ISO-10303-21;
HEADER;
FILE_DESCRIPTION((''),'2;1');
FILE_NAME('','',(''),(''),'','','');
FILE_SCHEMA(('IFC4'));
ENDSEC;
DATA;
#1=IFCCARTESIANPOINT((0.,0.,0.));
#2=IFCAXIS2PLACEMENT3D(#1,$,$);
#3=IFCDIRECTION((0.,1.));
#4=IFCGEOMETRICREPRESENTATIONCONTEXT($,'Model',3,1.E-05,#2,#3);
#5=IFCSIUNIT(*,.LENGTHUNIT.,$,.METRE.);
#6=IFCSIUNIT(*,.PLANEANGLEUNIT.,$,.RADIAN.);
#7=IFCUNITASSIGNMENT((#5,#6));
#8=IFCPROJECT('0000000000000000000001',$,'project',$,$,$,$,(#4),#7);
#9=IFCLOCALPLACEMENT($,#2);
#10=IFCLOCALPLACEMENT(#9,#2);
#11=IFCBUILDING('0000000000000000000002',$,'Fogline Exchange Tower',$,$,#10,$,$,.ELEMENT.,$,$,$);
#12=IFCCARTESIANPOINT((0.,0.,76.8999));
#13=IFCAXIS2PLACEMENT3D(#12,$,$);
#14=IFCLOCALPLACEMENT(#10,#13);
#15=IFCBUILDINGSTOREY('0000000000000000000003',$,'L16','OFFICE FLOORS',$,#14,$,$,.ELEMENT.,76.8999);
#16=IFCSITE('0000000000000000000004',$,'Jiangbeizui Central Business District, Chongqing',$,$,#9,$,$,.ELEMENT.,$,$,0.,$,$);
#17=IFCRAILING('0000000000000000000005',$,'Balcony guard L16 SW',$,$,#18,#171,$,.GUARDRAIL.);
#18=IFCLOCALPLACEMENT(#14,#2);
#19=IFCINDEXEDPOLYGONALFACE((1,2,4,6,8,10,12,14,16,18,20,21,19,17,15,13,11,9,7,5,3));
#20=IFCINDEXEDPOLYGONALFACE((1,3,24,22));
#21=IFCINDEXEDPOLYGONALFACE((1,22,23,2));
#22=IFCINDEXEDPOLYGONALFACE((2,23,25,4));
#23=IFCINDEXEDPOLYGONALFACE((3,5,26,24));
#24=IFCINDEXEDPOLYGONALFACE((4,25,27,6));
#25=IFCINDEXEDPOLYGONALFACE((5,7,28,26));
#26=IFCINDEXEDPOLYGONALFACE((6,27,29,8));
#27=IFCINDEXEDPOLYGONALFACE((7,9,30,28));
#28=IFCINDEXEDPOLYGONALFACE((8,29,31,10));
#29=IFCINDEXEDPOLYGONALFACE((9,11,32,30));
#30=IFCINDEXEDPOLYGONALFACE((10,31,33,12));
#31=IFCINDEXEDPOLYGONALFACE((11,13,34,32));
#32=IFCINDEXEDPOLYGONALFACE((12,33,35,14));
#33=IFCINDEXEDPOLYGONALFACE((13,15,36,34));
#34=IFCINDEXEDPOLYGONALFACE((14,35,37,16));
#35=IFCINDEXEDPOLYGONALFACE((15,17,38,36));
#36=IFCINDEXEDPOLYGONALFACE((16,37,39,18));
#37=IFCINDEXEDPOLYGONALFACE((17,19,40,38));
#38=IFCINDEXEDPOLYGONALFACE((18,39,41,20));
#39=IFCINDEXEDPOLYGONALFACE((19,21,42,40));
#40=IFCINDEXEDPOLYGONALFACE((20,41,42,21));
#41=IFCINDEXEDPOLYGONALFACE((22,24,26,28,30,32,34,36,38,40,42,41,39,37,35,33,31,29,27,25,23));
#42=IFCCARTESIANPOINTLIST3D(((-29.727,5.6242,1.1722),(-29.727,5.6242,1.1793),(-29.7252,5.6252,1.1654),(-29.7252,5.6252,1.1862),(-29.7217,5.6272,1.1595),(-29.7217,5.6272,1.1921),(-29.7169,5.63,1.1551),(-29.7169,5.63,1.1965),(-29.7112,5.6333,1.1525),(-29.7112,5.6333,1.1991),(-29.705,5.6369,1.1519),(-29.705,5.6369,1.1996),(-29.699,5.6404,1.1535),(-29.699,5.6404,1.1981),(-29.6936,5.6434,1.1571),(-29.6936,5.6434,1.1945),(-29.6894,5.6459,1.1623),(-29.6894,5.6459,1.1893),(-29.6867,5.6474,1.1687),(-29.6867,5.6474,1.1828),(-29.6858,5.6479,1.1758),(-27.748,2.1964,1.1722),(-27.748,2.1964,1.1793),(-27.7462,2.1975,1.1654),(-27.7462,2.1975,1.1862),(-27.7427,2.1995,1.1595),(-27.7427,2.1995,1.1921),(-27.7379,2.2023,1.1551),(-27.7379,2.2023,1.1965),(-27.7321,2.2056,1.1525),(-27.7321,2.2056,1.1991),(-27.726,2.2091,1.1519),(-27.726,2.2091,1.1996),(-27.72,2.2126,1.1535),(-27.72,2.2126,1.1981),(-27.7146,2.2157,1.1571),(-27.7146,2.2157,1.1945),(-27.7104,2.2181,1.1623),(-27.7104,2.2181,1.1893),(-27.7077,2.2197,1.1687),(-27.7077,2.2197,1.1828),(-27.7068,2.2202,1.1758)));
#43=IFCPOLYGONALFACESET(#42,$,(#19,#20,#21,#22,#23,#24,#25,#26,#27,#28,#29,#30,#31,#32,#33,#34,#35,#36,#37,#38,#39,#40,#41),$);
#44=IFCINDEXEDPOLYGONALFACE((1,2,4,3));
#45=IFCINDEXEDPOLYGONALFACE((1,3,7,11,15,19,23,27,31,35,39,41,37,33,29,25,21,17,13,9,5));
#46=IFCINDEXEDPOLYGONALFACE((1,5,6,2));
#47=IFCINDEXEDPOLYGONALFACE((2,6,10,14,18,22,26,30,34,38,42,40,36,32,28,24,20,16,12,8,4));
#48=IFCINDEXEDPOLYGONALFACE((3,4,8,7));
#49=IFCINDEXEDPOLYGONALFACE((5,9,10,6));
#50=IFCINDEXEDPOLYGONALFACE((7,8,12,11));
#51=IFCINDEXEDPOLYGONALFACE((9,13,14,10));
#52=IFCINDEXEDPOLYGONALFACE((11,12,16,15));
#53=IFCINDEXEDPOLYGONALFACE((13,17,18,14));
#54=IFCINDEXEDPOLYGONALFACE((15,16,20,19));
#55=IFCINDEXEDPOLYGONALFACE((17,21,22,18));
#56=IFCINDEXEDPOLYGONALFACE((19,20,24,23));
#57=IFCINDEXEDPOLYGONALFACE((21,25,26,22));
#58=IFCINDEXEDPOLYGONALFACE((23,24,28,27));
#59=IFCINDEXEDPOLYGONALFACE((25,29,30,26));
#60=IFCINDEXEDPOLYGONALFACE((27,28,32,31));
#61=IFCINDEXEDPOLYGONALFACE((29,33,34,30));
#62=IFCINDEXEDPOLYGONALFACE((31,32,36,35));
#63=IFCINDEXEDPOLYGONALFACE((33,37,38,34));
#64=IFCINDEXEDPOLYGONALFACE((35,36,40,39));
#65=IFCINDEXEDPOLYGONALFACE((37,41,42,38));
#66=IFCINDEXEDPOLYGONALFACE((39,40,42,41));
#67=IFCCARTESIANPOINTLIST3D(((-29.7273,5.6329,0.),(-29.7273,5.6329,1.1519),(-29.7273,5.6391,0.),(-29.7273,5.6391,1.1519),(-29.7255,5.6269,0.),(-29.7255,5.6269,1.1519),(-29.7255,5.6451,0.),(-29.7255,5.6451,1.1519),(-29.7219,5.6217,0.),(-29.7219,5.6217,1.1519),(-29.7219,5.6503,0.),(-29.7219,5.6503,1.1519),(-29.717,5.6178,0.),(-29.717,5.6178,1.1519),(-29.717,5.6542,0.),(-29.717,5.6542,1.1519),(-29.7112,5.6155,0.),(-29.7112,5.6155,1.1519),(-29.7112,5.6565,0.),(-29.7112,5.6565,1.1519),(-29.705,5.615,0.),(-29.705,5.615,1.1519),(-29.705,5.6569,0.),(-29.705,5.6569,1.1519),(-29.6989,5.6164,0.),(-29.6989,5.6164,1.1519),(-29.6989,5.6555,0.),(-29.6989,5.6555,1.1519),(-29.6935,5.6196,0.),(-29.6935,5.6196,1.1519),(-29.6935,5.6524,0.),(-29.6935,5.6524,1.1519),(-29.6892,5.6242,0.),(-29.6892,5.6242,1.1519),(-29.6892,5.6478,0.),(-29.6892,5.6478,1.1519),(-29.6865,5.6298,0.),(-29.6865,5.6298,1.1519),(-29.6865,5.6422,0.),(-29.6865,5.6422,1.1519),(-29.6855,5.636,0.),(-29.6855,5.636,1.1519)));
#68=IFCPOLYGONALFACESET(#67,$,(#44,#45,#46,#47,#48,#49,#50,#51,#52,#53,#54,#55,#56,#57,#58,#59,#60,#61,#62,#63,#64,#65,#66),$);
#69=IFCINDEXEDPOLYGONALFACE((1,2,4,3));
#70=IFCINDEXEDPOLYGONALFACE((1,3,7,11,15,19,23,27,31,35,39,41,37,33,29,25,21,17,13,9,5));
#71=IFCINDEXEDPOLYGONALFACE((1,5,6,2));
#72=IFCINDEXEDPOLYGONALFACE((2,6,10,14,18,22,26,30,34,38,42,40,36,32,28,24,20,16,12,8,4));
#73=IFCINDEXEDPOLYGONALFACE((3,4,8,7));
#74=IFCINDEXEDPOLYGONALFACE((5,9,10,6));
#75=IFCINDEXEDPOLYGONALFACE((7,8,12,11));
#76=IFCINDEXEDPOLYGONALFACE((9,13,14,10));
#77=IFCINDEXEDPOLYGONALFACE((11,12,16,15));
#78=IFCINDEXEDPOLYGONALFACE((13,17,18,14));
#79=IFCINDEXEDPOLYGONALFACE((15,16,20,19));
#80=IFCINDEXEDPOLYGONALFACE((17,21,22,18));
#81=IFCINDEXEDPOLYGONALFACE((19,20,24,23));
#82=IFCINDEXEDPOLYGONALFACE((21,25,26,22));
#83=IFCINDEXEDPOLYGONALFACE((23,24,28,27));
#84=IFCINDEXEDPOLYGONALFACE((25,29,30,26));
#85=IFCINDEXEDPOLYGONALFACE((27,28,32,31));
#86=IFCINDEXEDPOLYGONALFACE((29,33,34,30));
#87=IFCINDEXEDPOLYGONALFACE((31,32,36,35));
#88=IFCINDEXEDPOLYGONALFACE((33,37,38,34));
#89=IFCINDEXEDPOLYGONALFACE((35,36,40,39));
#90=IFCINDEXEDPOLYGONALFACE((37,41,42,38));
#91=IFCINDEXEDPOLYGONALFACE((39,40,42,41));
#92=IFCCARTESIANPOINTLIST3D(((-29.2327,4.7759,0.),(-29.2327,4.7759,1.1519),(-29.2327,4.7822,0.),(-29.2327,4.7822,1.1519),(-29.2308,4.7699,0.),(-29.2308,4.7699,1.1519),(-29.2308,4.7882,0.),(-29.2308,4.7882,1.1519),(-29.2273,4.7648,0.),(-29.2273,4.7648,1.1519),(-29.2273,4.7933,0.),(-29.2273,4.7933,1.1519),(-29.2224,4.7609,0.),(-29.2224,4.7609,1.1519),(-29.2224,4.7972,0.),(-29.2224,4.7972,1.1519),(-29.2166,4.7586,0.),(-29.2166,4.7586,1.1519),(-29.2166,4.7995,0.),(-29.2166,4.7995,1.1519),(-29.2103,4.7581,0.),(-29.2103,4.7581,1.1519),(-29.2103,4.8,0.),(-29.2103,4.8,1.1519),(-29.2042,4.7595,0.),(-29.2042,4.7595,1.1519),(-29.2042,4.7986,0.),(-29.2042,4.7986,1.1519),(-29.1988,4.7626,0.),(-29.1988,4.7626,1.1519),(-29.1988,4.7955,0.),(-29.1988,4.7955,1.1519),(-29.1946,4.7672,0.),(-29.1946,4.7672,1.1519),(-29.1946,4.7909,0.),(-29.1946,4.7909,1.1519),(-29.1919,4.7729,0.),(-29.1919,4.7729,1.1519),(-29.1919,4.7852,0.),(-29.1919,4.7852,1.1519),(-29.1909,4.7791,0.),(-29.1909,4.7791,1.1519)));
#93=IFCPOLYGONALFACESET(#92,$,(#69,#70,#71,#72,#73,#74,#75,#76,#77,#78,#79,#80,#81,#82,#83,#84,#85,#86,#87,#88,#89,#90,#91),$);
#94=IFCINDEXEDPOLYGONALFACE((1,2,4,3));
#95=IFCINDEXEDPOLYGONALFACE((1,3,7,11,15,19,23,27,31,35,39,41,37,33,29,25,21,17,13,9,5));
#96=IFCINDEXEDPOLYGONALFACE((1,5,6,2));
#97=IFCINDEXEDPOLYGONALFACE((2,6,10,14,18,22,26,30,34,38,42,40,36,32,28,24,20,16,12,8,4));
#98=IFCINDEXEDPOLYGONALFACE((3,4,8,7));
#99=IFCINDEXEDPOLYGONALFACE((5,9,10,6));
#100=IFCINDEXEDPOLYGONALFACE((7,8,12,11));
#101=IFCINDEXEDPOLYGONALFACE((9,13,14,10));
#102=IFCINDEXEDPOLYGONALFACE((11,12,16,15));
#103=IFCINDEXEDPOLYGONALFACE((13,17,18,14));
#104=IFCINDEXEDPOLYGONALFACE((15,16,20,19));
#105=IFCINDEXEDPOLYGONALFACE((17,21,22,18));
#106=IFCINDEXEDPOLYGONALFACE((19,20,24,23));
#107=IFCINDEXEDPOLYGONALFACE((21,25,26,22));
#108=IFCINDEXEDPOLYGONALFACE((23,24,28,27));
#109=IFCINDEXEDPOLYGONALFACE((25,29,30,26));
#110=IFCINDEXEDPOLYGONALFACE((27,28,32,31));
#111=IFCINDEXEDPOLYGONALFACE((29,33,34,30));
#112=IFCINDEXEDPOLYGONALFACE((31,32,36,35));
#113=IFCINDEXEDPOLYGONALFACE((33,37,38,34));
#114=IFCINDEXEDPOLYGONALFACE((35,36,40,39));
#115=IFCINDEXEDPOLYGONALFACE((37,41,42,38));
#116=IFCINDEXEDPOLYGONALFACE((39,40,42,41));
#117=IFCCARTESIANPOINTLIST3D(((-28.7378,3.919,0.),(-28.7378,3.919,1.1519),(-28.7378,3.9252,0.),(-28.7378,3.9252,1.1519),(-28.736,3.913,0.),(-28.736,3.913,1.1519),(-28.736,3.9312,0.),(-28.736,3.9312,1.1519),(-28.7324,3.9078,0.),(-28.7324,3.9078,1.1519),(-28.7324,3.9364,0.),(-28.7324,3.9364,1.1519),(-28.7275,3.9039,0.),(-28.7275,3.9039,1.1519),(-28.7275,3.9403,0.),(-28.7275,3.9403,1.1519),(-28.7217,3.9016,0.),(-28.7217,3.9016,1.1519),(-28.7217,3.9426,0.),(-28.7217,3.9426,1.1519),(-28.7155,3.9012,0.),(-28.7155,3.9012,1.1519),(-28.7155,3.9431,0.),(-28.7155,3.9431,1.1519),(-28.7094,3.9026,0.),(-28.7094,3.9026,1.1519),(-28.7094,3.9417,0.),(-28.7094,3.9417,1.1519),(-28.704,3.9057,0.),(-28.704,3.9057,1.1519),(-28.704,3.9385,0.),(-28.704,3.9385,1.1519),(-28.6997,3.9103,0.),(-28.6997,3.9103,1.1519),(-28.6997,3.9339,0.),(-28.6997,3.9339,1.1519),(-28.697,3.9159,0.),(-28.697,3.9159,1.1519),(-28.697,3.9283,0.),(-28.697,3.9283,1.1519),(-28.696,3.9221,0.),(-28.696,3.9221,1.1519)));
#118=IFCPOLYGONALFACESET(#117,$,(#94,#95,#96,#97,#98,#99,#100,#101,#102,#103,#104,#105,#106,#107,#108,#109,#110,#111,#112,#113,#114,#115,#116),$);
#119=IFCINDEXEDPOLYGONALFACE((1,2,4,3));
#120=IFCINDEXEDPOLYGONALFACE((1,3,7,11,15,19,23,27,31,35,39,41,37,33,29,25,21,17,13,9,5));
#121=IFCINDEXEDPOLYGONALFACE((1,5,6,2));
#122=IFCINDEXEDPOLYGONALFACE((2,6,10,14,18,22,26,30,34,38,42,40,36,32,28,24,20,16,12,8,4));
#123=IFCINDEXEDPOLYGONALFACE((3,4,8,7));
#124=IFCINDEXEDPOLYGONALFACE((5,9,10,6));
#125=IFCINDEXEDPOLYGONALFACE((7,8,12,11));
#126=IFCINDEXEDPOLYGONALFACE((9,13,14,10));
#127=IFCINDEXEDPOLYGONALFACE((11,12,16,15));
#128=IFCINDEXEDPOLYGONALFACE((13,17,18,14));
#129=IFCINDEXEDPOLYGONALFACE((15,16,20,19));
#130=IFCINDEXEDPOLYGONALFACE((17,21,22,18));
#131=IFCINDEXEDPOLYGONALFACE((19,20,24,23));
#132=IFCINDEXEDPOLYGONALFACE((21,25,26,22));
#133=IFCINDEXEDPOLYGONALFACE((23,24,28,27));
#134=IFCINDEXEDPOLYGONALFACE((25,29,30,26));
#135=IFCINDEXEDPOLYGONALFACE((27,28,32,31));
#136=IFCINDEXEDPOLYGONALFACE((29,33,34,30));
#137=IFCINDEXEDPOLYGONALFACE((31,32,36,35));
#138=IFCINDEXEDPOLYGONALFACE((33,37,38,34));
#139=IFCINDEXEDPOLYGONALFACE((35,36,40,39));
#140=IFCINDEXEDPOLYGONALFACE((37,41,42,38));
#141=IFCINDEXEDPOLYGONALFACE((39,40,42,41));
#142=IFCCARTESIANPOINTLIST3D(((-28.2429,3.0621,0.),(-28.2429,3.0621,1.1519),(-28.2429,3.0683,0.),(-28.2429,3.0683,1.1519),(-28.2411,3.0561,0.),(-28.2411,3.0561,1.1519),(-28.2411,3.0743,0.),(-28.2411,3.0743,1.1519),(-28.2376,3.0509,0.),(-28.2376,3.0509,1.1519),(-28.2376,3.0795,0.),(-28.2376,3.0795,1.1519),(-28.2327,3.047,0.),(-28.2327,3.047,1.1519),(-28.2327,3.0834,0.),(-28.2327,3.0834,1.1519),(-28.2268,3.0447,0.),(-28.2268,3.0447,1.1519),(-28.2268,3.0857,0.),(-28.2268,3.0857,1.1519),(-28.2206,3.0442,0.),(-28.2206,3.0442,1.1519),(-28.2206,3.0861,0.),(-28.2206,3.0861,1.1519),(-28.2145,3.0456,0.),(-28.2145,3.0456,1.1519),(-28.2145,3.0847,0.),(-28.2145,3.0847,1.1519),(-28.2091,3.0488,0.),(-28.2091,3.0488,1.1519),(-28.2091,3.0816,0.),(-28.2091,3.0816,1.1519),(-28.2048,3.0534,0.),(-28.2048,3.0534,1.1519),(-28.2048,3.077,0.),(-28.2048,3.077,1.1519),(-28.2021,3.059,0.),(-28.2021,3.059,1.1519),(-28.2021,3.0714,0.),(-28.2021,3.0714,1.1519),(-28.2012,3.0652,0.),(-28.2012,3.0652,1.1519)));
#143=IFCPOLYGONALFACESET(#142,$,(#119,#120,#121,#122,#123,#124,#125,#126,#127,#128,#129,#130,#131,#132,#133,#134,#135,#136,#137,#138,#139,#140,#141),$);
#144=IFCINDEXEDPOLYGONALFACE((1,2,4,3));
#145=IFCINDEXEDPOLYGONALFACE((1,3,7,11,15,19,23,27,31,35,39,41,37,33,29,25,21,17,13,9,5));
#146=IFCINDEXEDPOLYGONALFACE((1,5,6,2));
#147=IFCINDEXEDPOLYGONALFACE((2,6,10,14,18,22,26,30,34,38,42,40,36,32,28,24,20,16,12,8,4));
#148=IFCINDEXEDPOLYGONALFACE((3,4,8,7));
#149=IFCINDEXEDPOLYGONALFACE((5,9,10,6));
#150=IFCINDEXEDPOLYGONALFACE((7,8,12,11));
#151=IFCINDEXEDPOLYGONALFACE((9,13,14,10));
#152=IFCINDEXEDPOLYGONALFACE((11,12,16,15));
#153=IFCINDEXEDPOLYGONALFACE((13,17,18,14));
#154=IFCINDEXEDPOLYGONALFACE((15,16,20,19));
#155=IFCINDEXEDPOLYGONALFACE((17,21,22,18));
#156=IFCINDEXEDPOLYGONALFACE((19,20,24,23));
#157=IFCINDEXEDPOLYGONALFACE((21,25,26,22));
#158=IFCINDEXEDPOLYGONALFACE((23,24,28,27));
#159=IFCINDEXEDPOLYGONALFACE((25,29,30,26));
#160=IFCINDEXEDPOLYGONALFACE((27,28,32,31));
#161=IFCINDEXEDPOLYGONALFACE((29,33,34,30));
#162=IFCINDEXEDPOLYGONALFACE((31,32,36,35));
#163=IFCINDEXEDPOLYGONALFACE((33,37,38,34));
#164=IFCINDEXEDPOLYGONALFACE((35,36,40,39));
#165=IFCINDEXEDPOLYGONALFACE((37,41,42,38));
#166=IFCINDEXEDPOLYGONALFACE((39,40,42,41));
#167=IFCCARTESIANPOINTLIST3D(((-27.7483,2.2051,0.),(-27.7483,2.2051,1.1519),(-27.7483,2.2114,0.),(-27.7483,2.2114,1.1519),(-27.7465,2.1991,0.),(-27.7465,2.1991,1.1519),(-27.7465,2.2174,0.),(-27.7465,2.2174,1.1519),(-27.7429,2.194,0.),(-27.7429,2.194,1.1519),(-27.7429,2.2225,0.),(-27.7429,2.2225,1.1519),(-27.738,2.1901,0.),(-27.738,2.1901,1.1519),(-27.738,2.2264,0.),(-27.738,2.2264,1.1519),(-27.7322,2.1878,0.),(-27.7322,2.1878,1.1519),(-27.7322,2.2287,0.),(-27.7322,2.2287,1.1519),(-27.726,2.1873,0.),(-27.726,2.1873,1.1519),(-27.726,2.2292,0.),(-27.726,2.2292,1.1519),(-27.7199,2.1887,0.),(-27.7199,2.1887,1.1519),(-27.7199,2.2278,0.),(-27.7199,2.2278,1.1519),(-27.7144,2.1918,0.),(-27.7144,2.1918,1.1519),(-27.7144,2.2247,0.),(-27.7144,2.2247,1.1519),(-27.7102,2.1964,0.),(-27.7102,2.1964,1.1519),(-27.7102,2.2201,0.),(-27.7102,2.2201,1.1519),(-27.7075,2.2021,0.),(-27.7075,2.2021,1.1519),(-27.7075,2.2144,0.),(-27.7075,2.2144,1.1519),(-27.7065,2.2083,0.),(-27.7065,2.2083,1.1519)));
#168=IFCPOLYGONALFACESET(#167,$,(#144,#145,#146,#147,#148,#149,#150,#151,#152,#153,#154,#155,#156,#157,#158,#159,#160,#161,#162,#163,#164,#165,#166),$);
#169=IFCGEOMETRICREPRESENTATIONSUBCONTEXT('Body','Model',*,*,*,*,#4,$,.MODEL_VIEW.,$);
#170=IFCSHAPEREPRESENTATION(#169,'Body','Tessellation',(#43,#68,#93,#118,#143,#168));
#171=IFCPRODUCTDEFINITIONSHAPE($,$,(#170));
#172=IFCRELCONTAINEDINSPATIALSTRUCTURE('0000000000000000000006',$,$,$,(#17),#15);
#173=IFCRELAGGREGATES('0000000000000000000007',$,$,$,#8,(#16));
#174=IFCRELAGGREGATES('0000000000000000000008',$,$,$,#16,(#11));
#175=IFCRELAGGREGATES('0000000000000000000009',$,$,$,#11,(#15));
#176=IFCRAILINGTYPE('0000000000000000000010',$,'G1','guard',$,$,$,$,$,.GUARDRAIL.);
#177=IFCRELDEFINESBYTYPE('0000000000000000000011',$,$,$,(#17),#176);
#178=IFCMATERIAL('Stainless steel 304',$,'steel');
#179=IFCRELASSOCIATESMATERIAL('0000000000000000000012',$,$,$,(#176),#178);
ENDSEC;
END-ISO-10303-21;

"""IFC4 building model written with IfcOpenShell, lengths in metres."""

from ifc_helpers import new_model, si_unit, direction, frame, origin, origin_2d, place, context, subcontext, project, spatial, circle, extrude, material, type_object, element, save


model = new_model("IFC4")

# Units and contexts
model_context = context("Model", 3, precision=1e-05, world=origin(), true_north=direction((0.0, 1.0)))
body_context = subcontext(model_context, "Body", "Model", "MODEL_VIEW")
ifc_project = project(units=[si_unit("LENGTHUNIT", "METRE"), si_unit("PLANEANGLEUNIT", "RADIAN")], contexts=[model_context])

# Site, building, storey
site_placement = place(None, origin())
site = spatial("IfcSite", under=ifc_project, at=site_placement, Name="Jiangbeizui Central Business District, Chongqing", CompositionType="ELEMENT", RefElevation=0.0)
building_placement = place(site_placement, origin())
building = spatial("IfcBuilding", under=site, at=building_placement, Name="Fogline Exchange Tower", CompositionType="ELEMENT")
storey_placement = place(building_placement, frame((0.0, 0.0, 76.8999)))
storey = spatial("IfcBuildingStorey", under=building, at=storey_placement, Name="L16", Description="OFFICE FLOORS", CompositionType="ELEMENT", Elevation=76.8999)

# Railing
ifc_material_1 = material(Name="Stainless steel 304", Category="steel")
railing_type = type_object("IfcRailingType", Name="G1", Description="guard", PredefinedType="GUARDRAIL", material=ifc_material_1)
railing_placement = place(storey_placement, frame((-29.7065, 5.636, 0.0)))
element("IfcRailing", 1, at=railing_placement, inside=storey, type_object=railing_type, Name="Balcony guard L16 SW", PredefinedType="GUARDRAIL", context=body_context, shape_type="SweptSolid", body=[
    extrude(circle(Radius=0.0239, at=origin_2d()), frame((0.0, 0.0, 1.1758), z_axis=(0.5, -0.866025, 0.0), x_axis=(0.866025, 0.5, 0.0)), (0.0, 0.0, 1.0), 3.958),
    extrude(circle(Radius=0.021, at=origin_2d()), origin(), (0.0, 0.0, 1.0), 1.1519),
    extrude(circle(Radius=0.021, at=origin_2d()), frame((0.4946, -0.8569, 0.0)), (0.0, 0.0, 1.0), 1.1519),
    extrude(circle(Radius=0.021, at=origin_2d()), frame((0.9895, -1.7139, 0.0)), (0.0, 0.0, 1.0), 1.1519),
    extrude(circle(Radius=0.021, at=origin_2d()), frame((1.4844, -2.5708, 0.0)), (0.0, 0.0, 1.0), 1.1519),
    extrude(circle(Radius=0.021, at=origin_2d()), frame((1.979, -3.4277, 0.0)), (0.0, 0.0, 1.0), 1.1519),
])

save(model, "model.ifc")
